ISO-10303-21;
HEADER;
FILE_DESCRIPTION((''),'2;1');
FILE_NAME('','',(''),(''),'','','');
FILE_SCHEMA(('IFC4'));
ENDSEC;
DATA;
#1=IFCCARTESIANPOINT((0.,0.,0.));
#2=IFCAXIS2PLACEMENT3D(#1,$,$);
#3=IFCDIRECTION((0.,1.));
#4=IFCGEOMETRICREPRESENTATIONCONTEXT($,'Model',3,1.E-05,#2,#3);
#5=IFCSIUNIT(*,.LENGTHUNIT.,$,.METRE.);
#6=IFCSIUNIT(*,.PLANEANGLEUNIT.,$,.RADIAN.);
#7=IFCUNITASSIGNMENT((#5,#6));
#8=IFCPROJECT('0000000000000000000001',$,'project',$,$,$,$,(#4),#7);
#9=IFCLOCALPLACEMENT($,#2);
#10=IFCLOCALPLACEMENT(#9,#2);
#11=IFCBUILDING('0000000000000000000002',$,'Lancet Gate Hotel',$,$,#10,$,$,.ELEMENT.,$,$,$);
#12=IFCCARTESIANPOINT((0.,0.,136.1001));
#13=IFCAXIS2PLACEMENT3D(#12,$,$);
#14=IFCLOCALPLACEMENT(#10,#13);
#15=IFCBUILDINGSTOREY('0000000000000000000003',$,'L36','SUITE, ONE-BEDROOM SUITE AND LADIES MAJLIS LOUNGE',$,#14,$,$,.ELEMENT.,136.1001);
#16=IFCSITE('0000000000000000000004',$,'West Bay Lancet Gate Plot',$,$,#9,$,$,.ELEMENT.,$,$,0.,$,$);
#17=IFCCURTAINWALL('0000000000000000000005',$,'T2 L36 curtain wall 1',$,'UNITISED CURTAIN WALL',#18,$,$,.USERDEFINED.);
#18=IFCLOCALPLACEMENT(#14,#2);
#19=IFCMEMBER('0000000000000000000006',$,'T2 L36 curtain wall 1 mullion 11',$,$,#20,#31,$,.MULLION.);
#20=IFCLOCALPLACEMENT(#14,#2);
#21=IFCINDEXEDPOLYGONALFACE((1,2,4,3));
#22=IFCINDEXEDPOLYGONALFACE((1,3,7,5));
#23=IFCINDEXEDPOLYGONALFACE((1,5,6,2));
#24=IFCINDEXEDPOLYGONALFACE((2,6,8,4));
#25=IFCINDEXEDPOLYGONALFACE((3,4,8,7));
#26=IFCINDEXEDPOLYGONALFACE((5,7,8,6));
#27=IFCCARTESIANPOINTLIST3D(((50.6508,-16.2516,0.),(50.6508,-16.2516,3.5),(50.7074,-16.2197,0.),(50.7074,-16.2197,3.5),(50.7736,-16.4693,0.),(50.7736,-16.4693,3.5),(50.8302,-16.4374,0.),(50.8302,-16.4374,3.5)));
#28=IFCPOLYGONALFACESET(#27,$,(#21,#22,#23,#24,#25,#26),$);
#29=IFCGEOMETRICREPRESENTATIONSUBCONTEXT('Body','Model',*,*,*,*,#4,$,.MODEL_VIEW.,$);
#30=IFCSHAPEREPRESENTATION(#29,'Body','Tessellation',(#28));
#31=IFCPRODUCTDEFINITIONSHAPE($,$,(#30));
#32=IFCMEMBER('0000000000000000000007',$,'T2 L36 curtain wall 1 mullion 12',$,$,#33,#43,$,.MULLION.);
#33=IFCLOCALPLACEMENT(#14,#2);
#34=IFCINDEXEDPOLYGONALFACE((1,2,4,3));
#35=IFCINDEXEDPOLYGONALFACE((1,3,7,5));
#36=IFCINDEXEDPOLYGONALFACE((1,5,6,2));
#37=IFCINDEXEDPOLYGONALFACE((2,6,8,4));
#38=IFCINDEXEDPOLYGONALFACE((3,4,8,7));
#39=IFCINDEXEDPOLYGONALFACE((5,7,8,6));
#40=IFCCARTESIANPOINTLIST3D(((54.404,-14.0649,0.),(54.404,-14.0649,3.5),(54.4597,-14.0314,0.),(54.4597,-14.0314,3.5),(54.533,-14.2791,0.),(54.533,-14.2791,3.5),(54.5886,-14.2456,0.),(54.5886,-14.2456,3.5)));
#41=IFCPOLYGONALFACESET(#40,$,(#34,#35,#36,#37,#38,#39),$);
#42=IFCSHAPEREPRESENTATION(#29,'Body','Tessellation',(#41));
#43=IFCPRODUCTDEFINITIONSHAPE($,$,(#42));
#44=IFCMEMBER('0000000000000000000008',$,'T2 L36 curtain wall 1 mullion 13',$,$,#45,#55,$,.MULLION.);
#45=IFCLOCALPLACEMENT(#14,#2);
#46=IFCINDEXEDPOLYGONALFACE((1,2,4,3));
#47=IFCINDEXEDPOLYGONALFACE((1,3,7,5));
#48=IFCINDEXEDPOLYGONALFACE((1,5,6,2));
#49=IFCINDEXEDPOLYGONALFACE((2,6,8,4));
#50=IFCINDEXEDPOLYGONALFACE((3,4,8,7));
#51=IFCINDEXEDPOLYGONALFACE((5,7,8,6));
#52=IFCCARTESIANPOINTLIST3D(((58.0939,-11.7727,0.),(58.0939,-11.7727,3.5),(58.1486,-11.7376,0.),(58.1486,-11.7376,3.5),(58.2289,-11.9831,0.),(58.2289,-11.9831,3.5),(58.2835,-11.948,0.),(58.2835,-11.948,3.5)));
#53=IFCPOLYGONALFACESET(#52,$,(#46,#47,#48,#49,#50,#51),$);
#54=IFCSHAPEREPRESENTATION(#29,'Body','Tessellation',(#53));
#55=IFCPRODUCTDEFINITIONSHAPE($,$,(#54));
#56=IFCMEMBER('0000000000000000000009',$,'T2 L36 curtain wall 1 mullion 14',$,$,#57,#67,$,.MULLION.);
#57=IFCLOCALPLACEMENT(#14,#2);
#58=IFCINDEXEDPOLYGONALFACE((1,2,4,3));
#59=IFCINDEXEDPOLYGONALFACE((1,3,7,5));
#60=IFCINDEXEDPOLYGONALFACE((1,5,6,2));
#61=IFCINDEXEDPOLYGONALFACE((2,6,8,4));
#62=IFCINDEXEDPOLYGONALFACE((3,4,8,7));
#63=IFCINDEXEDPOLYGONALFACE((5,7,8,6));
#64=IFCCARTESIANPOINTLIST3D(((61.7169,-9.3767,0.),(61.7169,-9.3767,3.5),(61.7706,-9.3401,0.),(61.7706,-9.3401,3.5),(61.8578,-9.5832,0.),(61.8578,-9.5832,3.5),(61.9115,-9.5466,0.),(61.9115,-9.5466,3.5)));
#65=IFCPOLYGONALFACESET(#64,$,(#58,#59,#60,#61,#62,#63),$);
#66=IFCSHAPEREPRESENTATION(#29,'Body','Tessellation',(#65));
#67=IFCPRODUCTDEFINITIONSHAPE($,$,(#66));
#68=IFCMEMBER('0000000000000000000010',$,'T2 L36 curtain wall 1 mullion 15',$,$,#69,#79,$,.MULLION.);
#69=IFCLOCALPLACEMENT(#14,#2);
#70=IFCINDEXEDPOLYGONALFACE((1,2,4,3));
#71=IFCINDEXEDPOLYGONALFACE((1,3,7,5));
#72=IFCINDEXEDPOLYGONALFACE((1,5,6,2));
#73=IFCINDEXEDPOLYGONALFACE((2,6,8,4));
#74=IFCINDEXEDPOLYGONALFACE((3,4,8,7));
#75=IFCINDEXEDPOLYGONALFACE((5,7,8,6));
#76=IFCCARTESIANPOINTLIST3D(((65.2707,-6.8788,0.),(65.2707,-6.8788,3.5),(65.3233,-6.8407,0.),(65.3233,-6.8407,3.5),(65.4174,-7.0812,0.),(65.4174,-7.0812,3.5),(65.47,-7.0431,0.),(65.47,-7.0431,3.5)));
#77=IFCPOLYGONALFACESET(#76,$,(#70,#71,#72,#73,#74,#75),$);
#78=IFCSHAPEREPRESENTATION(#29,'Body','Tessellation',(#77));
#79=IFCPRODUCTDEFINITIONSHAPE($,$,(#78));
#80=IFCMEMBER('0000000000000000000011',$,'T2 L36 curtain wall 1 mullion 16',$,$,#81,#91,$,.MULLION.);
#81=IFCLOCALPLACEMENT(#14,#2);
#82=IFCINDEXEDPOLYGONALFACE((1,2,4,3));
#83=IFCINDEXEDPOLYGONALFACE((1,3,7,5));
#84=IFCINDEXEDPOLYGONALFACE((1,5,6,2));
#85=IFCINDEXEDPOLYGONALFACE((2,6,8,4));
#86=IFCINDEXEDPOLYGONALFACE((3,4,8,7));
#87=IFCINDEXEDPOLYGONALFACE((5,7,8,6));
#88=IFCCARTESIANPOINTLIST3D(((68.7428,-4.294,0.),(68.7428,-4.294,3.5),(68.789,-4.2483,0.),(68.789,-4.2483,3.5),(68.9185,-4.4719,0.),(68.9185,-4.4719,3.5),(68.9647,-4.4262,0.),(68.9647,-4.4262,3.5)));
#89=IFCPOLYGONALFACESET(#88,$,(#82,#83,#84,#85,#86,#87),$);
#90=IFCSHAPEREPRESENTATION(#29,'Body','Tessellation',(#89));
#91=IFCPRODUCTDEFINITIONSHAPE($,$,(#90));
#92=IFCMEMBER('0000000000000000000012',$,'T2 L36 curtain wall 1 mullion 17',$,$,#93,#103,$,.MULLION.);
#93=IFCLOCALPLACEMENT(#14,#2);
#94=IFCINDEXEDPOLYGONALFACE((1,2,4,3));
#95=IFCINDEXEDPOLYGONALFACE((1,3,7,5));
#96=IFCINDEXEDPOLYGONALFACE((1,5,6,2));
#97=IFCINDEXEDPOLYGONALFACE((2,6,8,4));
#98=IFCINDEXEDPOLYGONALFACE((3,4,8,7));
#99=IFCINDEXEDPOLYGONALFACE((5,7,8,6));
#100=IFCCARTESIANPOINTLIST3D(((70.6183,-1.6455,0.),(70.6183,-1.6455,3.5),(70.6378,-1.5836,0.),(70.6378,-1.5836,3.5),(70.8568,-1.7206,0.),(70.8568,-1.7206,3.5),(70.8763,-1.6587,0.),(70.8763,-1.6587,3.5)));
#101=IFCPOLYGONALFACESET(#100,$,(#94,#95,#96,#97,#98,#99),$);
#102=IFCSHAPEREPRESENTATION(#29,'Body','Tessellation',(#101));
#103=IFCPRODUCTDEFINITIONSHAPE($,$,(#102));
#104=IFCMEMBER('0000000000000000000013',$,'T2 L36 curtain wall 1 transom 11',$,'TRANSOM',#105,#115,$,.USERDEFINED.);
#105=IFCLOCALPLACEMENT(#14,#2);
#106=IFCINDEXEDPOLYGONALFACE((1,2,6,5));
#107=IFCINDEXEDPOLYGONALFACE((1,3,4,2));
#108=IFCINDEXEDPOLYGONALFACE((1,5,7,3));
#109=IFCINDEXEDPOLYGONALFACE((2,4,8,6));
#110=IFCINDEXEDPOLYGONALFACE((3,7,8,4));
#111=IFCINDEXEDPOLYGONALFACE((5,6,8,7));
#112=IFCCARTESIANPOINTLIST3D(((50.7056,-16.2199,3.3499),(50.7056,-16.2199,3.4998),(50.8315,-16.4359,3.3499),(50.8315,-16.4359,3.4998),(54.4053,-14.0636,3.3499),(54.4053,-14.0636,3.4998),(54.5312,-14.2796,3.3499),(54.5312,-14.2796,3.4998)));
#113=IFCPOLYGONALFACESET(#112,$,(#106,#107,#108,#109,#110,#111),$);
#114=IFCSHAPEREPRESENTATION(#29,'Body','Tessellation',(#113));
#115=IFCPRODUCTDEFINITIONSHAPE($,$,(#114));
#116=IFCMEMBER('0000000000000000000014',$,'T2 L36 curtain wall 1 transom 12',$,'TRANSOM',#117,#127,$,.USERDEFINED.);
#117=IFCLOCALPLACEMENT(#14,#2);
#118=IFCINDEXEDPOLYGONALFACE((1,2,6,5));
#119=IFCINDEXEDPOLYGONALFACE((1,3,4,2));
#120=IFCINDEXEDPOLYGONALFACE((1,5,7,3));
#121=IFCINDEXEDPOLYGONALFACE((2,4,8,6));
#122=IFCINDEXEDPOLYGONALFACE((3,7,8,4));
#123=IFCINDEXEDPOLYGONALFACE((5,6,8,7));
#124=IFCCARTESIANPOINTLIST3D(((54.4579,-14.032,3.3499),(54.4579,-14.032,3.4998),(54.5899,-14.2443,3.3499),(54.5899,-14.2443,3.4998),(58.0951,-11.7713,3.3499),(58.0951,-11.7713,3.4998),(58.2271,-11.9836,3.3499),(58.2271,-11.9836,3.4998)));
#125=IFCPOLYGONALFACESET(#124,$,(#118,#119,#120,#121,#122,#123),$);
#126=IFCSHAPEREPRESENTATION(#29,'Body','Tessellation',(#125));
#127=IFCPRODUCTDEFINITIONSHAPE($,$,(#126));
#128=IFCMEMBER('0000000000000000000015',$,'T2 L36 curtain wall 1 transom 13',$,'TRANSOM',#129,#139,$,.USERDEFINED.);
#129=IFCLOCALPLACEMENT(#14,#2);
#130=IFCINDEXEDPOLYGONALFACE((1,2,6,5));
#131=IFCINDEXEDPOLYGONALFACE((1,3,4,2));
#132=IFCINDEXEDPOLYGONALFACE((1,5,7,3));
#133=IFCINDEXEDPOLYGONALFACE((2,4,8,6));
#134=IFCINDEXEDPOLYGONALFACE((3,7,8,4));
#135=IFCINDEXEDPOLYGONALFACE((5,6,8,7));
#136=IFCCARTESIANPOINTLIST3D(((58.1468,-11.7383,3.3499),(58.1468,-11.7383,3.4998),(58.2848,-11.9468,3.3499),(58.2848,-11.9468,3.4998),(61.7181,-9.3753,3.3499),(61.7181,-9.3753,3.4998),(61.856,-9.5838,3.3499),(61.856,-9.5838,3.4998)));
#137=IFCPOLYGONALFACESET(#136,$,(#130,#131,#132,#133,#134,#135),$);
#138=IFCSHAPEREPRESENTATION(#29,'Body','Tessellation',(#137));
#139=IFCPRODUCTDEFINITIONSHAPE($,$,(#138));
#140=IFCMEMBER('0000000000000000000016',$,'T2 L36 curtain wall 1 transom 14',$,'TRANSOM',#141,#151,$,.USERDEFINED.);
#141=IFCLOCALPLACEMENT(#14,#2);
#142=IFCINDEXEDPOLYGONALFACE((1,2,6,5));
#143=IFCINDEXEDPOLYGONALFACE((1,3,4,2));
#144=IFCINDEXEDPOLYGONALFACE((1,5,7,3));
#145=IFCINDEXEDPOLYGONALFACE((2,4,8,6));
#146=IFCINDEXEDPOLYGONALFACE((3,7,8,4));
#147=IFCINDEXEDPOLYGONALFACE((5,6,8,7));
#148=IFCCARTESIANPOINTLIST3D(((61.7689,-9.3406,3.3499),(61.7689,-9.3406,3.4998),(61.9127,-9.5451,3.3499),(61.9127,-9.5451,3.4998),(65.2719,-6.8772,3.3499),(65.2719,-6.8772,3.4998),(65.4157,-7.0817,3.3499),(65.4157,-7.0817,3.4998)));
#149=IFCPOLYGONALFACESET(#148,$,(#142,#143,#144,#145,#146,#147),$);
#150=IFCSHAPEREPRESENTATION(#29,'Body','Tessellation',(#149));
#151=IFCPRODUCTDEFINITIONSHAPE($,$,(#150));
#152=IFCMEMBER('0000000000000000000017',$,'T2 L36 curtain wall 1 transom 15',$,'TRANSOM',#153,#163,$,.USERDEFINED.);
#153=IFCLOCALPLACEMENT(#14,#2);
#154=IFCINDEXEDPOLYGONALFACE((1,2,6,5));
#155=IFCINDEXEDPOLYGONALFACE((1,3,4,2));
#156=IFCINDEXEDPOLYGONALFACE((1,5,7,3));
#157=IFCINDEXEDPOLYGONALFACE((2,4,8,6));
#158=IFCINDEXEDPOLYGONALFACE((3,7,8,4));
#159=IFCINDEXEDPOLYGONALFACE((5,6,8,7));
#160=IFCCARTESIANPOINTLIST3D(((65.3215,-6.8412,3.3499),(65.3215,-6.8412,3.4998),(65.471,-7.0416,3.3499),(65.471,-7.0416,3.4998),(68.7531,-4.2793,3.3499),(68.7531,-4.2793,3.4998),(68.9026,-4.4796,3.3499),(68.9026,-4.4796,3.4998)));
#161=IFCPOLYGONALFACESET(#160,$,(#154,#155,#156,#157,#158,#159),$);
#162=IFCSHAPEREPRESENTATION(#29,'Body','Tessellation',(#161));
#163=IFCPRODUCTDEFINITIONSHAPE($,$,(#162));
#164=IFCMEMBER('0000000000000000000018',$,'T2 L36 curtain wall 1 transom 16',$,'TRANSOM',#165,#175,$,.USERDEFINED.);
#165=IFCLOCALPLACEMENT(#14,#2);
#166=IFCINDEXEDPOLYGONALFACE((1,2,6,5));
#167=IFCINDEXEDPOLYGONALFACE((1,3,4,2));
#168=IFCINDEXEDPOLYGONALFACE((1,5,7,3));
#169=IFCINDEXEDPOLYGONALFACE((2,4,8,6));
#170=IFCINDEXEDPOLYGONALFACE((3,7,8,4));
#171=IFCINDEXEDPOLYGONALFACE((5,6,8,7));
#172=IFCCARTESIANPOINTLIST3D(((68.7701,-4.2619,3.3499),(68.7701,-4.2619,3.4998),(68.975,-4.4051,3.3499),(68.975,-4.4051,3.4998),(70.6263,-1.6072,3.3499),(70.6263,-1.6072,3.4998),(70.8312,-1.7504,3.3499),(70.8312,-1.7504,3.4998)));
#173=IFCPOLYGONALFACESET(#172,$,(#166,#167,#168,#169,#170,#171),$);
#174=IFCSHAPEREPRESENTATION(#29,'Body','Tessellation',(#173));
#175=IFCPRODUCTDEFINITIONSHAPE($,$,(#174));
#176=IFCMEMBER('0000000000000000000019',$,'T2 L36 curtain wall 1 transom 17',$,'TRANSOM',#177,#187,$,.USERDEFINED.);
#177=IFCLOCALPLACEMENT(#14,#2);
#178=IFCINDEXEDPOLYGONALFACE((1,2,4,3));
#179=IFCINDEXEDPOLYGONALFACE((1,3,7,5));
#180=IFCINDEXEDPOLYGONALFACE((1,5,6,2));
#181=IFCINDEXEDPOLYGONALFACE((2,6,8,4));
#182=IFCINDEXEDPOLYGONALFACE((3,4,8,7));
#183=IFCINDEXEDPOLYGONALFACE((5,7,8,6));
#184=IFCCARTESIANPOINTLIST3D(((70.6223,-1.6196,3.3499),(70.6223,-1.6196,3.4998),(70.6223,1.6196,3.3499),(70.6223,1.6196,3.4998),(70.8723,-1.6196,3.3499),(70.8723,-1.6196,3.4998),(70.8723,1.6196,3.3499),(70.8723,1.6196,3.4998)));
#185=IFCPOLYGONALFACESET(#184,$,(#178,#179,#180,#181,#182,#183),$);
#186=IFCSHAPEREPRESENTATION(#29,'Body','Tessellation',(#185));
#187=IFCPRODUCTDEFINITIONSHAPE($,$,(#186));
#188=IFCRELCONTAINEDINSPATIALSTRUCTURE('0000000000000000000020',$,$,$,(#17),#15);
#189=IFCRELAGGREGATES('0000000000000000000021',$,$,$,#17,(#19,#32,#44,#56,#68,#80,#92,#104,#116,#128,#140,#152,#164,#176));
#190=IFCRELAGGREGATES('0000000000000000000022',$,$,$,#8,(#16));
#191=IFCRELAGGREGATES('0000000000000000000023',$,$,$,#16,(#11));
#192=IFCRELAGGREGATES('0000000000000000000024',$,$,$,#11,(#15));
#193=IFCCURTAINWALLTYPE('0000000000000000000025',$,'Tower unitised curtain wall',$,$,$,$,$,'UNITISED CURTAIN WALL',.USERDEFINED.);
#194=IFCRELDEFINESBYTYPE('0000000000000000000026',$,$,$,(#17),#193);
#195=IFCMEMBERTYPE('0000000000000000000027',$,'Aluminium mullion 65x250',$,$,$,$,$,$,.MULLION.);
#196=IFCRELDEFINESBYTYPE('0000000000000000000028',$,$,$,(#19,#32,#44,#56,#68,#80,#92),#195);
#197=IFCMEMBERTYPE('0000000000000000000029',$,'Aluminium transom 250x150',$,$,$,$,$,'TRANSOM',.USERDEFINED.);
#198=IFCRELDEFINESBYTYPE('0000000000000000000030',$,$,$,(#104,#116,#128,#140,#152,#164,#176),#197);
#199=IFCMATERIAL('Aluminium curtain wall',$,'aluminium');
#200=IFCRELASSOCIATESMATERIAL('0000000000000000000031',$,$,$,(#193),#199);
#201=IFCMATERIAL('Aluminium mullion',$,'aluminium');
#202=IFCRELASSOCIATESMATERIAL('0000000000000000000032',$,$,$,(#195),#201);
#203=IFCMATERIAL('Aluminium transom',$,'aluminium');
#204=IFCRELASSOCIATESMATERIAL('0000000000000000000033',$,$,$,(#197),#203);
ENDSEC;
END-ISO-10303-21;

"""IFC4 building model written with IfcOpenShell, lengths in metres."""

from ifc_helpers import new_model, si_unit, direction, frame, origin, origin_2d, place, context, subcontext, project, spatial, rectangle, extrude, material, material_profile, profile_set, type_object, element, aggregate, save


model = new_model("IFC4")

# Units and contexts
model_context = context("Model", 3, precision=1e-05, world=origin(), true_north=direction((0.0, 1.0)))
body_context = subcontext(model_context, "Body", "Model", "MODEL_VIEW")
ifc_project = project(units=[si_unit("LENGTHUNIT", "METRE"), si_unit("PLANEANGLEUNIT", "RADIAN")], contexts=[model_context])

# Site, building, storey
site_placement = place(None, origin())
site = spatial("IfcSite", under=ifc_project, at=site_placement, Name="West Bay Lancet Gate Plot", CompositionType="ELEMENT", RefElevation=0.0)
building_placement = place(site_placement, origin())
building = spatial("IfcBuilding", under=site, at=building_placement, Name="Lancet Gate Hotel", CompositionType="ELEMENT")
storey_placement = place(building_placement, frame((0.0, 0.0, 136.1001)))
storey = spatial("IfcBuildingStorey", under=building, at=storey_placement, Name="L36", Description="SUITE, ONE-BEDROOM SUITE AND LADIES MAJLIS LOUNGE", CompositionType="ELEMENT", Elevation=136.1001)

# Curtain wall, members
ifc_material_1 = material(Name="Aluminium curtain wall", Category="aluminium")
curtain_wall_type = type_object("IfcCurtainWallType", Name="Tower unitised curtain wall", ElementType="UNITISED CURTAIN WALL", PredefinedType="USERDEFINED", material=ifc_material_1)
curtain_wall_placement = place(storey_placement, origin())
curtain_wall = element("IfcCurtainWall", 1, at=curtain_wall_placement, inside=storey, type_object=curtain_wall_type, Name="T2 L36 curtain wall 1", ObjectType="UNITISED CURTAIN WALL", PredefinedType="USERDEFINED")
ifc_material_2 = material(Name="Aluminium mullion", Category="aluminium")
ifc_material_profile_1 = material_profile(ifc_material_2, rectangle(XDim=0.0649, YDim=0.25, at=origin_2d()), Name="MULLION 65x250")
ifc_profile_set_1 = profile_set([ifc_material_profile_1], Name="Aluminium mullion")
member_type_1 = type_object("IfcMemberType", Name="Aluminium mullion 65x250", PredefinedType="MULLION", material=ifc_profile_set_1)
member_1_placement = place(storey_placement, frame((50.7405, -16.3445, 0.0), z_axis=(0.0, 0.0, 1.0), x_axis=(0.871029, 0.491232, 0.0)))
member_1 = element("IfcMember", 2, at=member_1_placement, type_object=member_type_1, Name="T2 L36 curtain wall 1 mullion 11", PredefinedType="MULLION", context=body_context, shape_type="SweptSolid", body=[
    extrude(rectangle(XDim=0.0649, YDim=0.25, at=origin_2d()), origin(), (0.0, 0.0, 1.0), 3.5),
])
member_2_placement = place(storey_placement, frame((54.4963, -14.1553, 0.0), z_axis=(0.0, 0.0, 1.0), x_axis=(0.856728, 0.515768, 0.0)))
member_2 = element("IfcMember", 3, at=member_2_placement, type_object=member_type_1, Name="T2 L36 curtain wall 1 mullion 12", PredefinedType="MULLION", context=body_context, shape_type="SweptSolid", body=[
    extrude(rectangle(XDim=0.0649, YDim=0.25, at=origin_2d()), origin(), (0.0, 0.0, 1.0), 3.5),
])
member_3_placement = place(storey_placement, frame((58.1887, -11.8604, 0.0), z_axis=(0.0, 0.0, 1.0), x_axis=(0.841736, 0.539889, 0.0)))
member_3 = element("IfcMember", 4, at=member_3_placement, type_object=member_type_1, Name="T2 L36 curtain wall 1 mullion 13", PredefinedType="MULLION", context=body_context, shape_type="SweptSolid", body=[
    extrude(rectangle(XDim=0.0649, YDim=0.25, at=origin_2d()), origin(), (0.0, 0.0, 1.0), 3.5),
])
member_4_placement = place(storey_placement, frame((61.8142, -9.4617, 0.0), z_axis=(0.0, 0.0, 1.0), x_axis=(0.826066, 0.563574, 0.0)))
member_4 = element("IfcMember", 5, at=member_4_placement, type_object=member_type_1, Name="T2 L36 curtain wall 1 mullion 14", PredefinedType="MULLION", context=body_context, shape_type="SweptSolid", body=[
    extrude(rectangle(XDim=0.0649, YDim=0.25, at=origin_2d()), origin(), (0.0, 0.0, 1.0), 3.5),
])
member_5_placement = place(storey_placement, frame((65.3704, -6.9609, 0.0), z_axis=(0.0, 0.0, 1.0), x_axis=(0.809729, 0.586805, 0.0)))
member_5 = element("IfcMember", 6, at=member_5_placement, type_object=member_type_1, Name="T2 L36 curtain wall 1 mullion 15", PredefinedType="MULLION", context=body_context, shape_type="SweptSolid", body=[
    extrude(rectangle(XDim=0.0649, YDim=0.25, at=origin_2d()), origin(), (0.0, 0.0, 1.0), 3.5),
])
member_6_placement = place(storey_placement, frame((68.8538, -4.3601, 0.0), z_axis=(0.0, 0.0, 1.0), x_axis=(0.71161, 0.702574, 0.0)))
member_6 = element("IfcMember", 7, at=member_6_placement, type_object=member_type_1, Name="T2 L36 curtain wall 1 mullion 16", PredefinedType="MULLION", context=body_context, shape_type="SweptSolid", body=[
    extrude(rectangle(XDim=0.0649, YDim=0.25, at=origin_2d()), origin(), (0.0, 0.0, 1.0), 3.5),
])
member_7_placement = place(storey_placement, frame((70.7473, -1.6521, 0.0), z_axis=(0.0, 0.0, 1.0), x_axis=(0.300385, 0.953818, 0.0)))
member_7 = element("IfcMember", 8, at=member_7_placement, type_object=member_type_1, Name="T2 L36 curtain wall 1 mullion 17", PredefinedType="MULLION", context=body_context, shape_type="SweptSolid", body=[
    extrude(rectangle(XDim=0.0649, YDim=0.25, at=origin_2d()), origin(), (0.0, 0.0, 1.0), 3.5),
])
ifc_material_3 = material(Name="Aluminium transom", Category="aluminium")
ifc_material_profile_2 = material_profile(ifc_material_3, rectangle(XDim=0.25, YDim=0.1499, at=origin_2d()), Name="TRANSOM 250x150")
ifc_profile_set_2 = profile_set([ifc_material_profile_2], Name="Aluminium transom")
member_type_2 = type_object("IfcMemberType", Name="Aluminium transom 250x150", ElementType="TRANSOM", PredefinedType="USERDEFINED", material=ifc_profile_set_2)
member_8_placement = place(storey_placement, frame((50.7686, -16.3279, 3.4248), z_axis=(0.863973, 0.503538, 0.0), x_axis=(-0.503538, 0.863973, 0.0)))
member_8 = element("IfcMember", 9, at=member_8_placement, type_object=member_type_2, Name="T2 L36 curtain wall 1 transom 11", ObjectType="TRANSOM", PredefinedType="USERDEFINED", context=body_context, shape_type="SweptSolid", body=[
    extrude(rectangle(XDim=0.25, YDim=0.1499, at=origin_2d()), origin(), (0.0, 0.0, 1.0), 4.2822),
])
member_9_placement = place(storey_placement, frame((54.5239, -14.1382, 3.4248), z_axis=(0.849309, 0.527896, 0.0), x_axis=(-0.527896, 0.849309, 0.0)))
member_9 = element("IfcMember", 10, at=member_9_placement, type_object=member_type_2, Name="T2 L36 curtain wall 1 transom 12", ObjectType="TRANSOM", PredefinedType="USERDEFINED", context=body_context, shape_type="SweptSolid", body=[
    extrude(rectangle(XDim=0.25, YDim=0.1499, at=origin_2d()), origin(), (0.0, 0.0, 1.0), 4.2825),
])
member_10_placement = place(storey_placement, frame((58.2158, -11.8425, 3.4248), z_axis=(0.833966, 0.551816, 0.0), x_axis=(-0.551816, 0.833966, 0.0)))
member_10 = element("IfcMember", 11, at=member_10_placement, type_object=member_type_2, Name="T2 L36 curtain wall 1 transom 13", ObjectType="TRANSOM", PredefinedType="USERDEFINED", context=body_context, shape_type="SweptSolid", body=[
    extrude(rectangle(XDim=0.25, YDim=0.1499, at=origin_2d()), origin(), (0.0, 0.0, 1.0), 4.2822),
])
member_11_placement = place(storey_placement, frame((61.8408, -9.4429, 3.4248), z_axis=(0.817987, 0.575236, 0.0), x_axis=(-0.575236, 0.817987, 0.0)))
member_11 = element("IfcMember", 12, at=member_11_placement, type_object=member_type_2, Name="T2 L36 curtain wall 1 transom 14", ObjectType="TRANSOM", PredefinedType="USERDEFINED", context=body_context, shape_type="SweptSolid", body=[
    extrude(rectangle(XDim=0.25, YDim=0.1499, at=origin_2d()), origin(), (0.0, 0.0, 1.0), 4.2825),
])
member_12_placement = place(storey_placement, frame((65.3962, -6.9414, 3.4248), z_axis=(0.801312, 0.598247, 0.0), x_axis=(-0.598247, 0.801312, 0.0)))
member_12 = element("IfcMember", 13, at=member_12_placement, type_object=member_type_2, Name="T2 L36 curtain wall 1 transom 15", ObjectType="TRANSOM", PredefinedType="USERDEFINED", context=body_context, shape_type="SweptSolid", body=[
    extrude(rectangle(XDim=0.25, YDim=0.1499, at=origin_2d()), origin(), (0.0, 0.0, 1.0), 4.2825),
])
member_13_placement = place(storey_placement, frame((68.8726, -4.3335, 3.4248), z_axis=(0.573017, 0.819543, 0.0), x_axis=(-0.819543, 0.573017, 0.0)))
member_13 = element("IfcMember", 14, at=member_13_placement, type_object=member_type_2, Name="T2 L36 curtain wall 1 transom 16", ObjectType="TRANSOM", PredefinedType="USERDEFINED", context=body_context, shape_type="SweptSolid", body=[
    extrude(rectangle(XDim=0.25, YDim=0.1499, at=origin_2d()), origin(), (0.0, 0.0, 1.0), 3.2393),
])
member_14_placement = place(storey_placement, frame((70.7473, -1.6196, 3.4248), z_axis=(0.0, 1.0, 0.0), x_axis=(-1.0, 0.0, 0.0)))
member_14 = element("IfcMember", 15, at=member_14_placement, type_object=member_type_2, Name="T2 L36 curtain wall 1 transom 17", ObjectType="TRANSOM", PredefinedType="USERDEFINED", context=body_context, shape_type="SweptSolid", body=[
    extrude(rectangle(XDim=0.25, YDim=0.1499, at=origin_2d()), origin(), (0.0, 0.0, 1.0), 3.2393),
])

aggregate(curtain_wall, [member_1, member_2, member_3, member_4, member_5, member_6, member_7, member_8, member_9, member_10, member_11, member_12, member_13, member_14])

save(model, "model.ifc")
